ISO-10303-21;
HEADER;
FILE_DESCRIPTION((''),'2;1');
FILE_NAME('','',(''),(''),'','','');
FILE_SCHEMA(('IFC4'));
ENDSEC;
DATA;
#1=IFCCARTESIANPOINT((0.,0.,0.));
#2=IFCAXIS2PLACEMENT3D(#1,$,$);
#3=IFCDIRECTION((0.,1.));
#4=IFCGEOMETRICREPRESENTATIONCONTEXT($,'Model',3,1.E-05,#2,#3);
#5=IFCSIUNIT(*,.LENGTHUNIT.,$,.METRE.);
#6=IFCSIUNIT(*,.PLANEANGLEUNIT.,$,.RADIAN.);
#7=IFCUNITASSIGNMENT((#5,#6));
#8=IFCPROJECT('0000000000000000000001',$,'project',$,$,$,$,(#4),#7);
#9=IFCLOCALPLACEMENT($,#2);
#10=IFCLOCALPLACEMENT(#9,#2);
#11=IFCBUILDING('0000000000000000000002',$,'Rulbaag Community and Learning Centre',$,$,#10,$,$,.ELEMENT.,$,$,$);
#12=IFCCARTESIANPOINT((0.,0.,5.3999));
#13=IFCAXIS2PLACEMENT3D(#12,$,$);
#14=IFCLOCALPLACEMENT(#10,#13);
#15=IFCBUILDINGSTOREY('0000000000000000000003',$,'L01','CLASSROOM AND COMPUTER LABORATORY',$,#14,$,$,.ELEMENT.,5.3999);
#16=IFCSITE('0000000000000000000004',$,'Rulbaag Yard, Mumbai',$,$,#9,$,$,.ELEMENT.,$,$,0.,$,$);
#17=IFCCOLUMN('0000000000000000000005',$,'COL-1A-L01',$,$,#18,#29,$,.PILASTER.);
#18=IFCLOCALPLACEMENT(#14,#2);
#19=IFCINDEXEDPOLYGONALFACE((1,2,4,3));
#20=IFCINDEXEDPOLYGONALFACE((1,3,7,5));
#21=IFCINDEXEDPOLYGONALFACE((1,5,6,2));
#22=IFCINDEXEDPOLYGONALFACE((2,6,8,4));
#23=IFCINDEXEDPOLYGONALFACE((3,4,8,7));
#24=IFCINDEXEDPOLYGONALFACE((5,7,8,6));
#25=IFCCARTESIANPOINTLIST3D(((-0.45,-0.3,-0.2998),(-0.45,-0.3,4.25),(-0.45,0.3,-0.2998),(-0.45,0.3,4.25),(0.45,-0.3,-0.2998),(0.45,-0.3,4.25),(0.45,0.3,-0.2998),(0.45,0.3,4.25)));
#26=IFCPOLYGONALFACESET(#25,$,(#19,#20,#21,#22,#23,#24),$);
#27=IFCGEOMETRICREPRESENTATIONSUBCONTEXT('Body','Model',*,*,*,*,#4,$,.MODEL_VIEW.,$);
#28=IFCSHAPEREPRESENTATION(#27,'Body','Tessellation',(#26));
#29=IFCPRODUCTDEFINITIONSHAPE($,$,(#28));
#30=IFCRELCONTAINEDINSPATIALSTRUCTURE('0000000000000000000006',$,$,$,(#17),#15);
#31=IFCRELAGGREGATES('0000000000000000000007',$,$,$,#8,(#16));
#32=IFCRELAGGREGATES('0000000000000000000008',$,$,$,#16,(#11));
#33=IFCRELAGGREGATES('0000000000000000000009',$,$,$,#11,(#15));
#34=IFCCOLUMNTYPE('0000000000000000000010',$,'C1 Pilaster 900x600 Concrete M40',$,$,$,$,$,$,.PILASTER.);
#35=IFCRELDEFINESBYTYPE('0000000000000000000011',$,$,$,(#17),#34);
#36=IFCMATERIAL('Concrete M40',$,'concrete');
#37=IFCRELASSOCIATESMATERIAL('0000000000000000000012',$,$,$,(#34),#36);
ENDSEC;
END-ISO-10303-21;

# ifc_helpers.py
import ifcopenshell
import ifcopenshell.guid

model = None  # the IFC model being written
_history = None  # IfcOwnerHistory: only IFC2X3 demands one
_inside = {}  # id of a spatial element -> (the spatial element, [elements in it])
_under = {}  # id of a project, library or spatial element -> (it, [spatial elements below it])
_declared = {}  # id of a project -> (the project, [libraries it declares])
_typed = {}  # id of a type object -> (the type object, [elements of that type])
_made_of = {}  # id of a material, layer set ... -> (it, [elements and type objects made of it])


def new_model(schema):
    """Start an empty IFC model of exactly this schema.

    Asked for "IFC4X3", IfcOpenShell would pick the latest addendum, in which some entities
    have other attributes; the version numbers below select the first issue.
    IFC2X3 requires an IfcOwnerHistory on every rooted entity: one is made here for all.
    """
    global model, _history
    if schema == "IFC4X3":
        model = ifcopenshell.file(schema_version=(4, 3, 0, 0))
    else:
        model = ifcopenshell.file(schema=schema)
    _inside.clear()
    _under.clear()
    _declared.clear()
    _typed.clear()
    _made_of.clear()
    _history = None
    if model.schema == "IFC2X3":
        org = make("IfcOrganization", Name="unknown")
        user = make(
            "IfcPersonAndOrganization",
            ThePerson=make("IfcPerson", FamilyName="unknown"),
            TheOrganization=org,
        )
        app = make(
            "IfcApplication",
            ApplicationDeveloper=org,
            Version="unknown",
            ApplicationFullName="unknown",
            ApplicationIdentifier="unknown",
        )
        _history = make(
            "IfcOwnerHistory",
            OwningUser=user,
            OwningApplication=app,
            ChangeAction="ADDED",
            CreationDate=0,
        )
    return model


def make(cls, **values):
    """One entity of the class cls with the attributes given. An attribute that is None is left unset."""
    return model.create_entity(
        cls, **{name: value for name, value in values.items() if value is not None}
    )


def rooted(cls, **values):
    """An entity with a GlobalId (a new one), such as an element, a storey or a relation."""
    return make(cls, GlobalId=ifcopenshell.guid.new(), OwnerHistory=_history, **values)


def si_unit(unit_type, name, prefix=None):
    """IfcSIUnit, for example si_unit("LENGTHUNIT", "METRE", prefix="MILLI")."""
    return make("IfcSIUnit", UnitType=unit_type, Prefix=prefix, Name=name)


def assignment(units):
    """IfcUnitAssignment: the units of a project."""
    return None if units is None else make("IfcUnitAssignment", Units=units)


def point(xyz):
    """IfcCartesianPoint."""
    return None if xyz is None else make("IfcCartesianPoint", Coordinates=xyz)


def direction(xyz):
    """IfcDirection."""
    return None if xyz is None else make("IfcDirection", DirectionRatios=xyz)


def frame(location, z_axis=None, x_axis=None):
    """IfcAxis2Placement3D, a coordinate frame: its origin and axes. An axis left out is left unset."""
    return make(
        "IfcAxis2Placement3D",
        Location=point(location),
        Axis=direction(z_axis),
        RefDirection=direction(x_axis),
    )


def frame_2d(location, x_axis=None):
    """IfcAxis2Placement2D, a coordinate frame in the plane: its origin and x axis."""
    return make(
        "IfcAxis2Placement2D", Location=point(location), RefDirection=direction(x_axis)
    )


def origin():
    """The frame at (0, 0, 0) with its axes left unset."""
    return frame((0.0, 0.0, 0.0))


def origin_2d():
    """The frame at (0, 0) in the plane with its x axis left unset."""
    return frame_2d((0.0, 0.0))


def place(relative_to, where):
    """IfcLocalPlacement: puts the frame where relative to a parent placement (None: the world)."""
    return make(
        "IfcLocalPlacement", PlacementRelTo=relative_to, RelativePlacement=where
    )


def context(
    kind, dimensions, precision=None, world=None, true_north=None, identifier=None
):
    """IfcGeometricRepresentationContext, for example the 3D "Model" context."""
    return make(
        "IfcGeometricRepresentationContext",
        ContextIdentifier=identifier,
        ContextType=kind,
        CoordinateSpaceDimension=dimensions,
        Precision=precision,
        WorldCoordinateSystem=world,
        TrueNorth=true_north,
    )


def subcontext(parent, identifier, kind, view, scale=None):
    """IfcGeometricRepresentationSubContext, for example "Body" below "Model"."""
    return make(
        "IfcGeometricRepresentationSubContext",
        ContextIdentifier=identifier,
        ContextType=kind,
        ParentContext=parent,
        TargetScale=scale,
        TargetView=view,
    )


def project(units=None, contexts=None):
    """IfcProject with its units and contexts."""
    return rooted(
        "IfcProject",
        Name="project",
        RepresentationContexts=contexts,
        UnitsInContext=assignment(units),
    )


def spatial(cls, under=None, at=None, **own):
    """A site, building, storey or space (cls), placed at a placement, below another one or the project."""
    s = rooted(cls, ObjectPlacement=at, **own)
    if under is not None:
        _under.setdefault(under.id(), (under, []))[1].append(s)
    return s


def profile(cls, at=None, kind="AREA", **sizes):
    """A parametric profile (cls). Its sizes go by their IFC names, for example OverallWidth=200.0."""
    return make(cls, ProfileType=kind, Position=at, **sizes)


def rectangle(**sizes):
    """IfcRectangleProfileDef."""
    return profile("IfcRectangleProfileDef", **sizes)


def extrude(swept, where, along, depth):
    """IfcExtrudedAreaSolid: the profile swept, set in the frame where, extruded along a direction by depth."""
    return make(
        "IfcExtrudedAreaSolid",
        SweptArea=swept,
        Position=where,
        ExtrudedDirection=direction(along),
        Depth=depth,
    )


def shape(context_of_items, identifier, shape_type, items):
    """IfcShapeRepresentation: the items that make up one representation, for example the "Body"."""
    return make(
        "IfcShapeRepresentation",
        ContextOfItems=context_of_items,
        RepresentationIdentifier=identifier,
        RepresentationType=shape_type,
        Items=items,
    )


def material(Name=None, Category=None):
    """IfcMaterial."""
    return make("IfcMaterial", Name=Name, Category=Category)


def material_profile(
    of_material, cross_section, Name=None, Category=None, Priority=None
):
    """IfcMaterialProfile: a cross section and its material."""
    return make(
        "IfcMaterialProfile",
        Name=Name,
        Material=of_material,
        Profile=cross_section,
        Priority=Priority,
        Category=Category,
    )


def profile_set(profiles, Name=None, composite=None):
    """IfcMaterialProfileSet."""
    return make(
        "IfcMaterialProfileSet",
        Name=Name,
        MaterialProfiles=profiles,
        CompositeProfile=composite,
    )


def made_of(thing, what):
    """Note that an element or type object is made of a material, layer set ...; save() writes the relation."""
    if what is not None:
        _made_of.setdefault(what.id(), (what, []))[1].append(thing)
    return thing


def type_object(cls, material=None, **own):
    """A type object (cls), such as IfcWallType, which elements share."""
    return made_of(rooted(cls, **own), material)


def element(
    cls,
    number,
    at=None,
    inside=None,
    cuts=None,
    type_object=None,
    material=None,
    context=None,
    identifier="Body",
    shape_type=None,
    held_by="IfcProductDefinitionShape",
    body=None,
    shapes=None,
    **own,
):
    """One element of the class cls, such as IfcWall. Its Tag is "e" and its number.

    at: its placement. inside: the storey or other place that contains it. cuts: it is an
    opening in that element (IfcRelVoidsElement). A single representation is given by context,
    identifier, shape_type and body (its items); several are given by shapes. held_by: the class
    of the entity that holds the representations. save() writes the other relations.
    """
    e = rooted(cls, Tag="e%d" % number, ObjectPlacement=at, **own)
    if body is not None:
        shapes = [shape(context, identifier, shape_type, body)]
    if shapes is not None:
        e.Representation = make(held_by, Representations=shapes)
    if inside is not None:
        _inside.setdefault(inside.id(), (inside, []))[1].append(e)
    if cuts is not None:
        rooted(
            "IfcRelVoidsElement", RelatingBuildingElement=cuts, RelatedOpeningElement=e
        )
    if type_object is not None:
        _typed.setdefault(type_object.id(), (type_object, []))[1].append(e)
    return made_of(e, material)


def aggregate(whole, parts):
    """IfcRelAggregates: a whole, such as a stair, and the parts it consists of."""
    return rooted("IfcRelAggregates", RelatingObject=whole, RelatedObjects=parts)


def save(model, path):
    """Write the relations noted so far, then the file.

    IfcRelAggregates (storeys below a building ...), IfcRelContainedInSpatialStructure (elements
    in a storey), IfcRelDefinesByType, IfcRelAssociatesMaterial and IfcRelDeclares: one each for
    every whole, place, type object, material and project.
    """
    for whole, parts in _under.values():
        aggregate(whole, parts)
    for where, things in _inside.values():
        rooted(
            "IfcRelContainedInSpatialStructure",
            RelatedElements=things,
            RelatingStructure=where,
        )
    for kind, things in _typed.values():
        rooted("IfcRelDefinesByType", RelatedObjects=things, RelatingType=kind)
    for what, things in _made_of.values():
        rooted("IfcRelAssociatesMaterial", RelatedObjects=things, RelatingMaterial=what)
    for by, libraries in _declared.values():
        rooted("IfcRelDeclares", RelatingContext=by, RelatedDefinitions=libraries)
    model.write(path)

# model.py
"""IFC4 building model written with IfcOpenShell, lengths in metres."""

from ifc_helpers import new_model, si_unit, direction, frame, origin, origin_2d, place, context, subcontext, project, spatial, rectangle, extrude, material, material_profile, profile_set, type_object, element, save


model = new_model("IFC4")

# Units and contexts
model_context = context("Model", 3, precision=1e-05, world=origin(), true_north=direction((0.0, 1.0)))
body_context = subcontext(model_context, "Body", "Model", "MODEL_VIEW")
ifc_project = project(units=[si_unit("LENGTHUNIT", "METRE"), si_unit("PLANEANGLEUNIT", "RADIAN")], contexts=[model_context])

# Site, building, storey
site_placement = place(None, origin())
site = spatial("IfcSite", under=ifc_project, at=site_placement, Name="Rulbaag Yard, Mumbai", CompositionType="ELEMENT", RefElevation=0.0)
building_placement = place(site_placement, origin())
building = spatial("IfcBuilding", under=site, at=building_placement, Name="Rulbaag Community and Learning Centre", CompositionType="ELEMENT")
storey_placement = place(building_placement, frame((0.0, 0.0, 5.3999)))
storey = spatial("IfcBuildingStorey", under=building, at=storey_placement, Name="L01", Description="CLASSROOM AND COMPUTER LABORATORY", CompositionType="ELEMENT", Elevation=5.3999)

# Column
ifc_material_1 = material(Name="Concrete M40", Category="concrete")
ifc_material_profile = material_profile(ifc_material_1, rectangle(XDim=0.8999, YDim=0.6001, at=origin_2d()), Name="RC900x600")
ifc_profile_set = profile_set([ifc_material_profile], Name="Concrete M40")
column_type = type_object("IfcColumnType", Name="C1 Pilaster 900x600 Concrete M40", PredefinedType="PILASTER", material=ifc_profile_set)
column_placement = place(storey_placement, frame((0.0, 0.0, -0.2998), z_axis=(0.0, 0.0, 1.0), x_axis=(1.0, 0.0, 0.0)))
element("IfcColumn", 1, at=column_placement, inside=storey, type_object=column_type, Name="COL-1A-L01", PredefinedType="PILASTER", context=body_context, shape_type="SweptSolid", body=[
    extrude(rectangle(XDim=0.8999, YDim=0.6001, at=origin_2d()), origin(), (0.0, 0.0, 1.0), 4.5498),
])

save(model, "model.ifc")
